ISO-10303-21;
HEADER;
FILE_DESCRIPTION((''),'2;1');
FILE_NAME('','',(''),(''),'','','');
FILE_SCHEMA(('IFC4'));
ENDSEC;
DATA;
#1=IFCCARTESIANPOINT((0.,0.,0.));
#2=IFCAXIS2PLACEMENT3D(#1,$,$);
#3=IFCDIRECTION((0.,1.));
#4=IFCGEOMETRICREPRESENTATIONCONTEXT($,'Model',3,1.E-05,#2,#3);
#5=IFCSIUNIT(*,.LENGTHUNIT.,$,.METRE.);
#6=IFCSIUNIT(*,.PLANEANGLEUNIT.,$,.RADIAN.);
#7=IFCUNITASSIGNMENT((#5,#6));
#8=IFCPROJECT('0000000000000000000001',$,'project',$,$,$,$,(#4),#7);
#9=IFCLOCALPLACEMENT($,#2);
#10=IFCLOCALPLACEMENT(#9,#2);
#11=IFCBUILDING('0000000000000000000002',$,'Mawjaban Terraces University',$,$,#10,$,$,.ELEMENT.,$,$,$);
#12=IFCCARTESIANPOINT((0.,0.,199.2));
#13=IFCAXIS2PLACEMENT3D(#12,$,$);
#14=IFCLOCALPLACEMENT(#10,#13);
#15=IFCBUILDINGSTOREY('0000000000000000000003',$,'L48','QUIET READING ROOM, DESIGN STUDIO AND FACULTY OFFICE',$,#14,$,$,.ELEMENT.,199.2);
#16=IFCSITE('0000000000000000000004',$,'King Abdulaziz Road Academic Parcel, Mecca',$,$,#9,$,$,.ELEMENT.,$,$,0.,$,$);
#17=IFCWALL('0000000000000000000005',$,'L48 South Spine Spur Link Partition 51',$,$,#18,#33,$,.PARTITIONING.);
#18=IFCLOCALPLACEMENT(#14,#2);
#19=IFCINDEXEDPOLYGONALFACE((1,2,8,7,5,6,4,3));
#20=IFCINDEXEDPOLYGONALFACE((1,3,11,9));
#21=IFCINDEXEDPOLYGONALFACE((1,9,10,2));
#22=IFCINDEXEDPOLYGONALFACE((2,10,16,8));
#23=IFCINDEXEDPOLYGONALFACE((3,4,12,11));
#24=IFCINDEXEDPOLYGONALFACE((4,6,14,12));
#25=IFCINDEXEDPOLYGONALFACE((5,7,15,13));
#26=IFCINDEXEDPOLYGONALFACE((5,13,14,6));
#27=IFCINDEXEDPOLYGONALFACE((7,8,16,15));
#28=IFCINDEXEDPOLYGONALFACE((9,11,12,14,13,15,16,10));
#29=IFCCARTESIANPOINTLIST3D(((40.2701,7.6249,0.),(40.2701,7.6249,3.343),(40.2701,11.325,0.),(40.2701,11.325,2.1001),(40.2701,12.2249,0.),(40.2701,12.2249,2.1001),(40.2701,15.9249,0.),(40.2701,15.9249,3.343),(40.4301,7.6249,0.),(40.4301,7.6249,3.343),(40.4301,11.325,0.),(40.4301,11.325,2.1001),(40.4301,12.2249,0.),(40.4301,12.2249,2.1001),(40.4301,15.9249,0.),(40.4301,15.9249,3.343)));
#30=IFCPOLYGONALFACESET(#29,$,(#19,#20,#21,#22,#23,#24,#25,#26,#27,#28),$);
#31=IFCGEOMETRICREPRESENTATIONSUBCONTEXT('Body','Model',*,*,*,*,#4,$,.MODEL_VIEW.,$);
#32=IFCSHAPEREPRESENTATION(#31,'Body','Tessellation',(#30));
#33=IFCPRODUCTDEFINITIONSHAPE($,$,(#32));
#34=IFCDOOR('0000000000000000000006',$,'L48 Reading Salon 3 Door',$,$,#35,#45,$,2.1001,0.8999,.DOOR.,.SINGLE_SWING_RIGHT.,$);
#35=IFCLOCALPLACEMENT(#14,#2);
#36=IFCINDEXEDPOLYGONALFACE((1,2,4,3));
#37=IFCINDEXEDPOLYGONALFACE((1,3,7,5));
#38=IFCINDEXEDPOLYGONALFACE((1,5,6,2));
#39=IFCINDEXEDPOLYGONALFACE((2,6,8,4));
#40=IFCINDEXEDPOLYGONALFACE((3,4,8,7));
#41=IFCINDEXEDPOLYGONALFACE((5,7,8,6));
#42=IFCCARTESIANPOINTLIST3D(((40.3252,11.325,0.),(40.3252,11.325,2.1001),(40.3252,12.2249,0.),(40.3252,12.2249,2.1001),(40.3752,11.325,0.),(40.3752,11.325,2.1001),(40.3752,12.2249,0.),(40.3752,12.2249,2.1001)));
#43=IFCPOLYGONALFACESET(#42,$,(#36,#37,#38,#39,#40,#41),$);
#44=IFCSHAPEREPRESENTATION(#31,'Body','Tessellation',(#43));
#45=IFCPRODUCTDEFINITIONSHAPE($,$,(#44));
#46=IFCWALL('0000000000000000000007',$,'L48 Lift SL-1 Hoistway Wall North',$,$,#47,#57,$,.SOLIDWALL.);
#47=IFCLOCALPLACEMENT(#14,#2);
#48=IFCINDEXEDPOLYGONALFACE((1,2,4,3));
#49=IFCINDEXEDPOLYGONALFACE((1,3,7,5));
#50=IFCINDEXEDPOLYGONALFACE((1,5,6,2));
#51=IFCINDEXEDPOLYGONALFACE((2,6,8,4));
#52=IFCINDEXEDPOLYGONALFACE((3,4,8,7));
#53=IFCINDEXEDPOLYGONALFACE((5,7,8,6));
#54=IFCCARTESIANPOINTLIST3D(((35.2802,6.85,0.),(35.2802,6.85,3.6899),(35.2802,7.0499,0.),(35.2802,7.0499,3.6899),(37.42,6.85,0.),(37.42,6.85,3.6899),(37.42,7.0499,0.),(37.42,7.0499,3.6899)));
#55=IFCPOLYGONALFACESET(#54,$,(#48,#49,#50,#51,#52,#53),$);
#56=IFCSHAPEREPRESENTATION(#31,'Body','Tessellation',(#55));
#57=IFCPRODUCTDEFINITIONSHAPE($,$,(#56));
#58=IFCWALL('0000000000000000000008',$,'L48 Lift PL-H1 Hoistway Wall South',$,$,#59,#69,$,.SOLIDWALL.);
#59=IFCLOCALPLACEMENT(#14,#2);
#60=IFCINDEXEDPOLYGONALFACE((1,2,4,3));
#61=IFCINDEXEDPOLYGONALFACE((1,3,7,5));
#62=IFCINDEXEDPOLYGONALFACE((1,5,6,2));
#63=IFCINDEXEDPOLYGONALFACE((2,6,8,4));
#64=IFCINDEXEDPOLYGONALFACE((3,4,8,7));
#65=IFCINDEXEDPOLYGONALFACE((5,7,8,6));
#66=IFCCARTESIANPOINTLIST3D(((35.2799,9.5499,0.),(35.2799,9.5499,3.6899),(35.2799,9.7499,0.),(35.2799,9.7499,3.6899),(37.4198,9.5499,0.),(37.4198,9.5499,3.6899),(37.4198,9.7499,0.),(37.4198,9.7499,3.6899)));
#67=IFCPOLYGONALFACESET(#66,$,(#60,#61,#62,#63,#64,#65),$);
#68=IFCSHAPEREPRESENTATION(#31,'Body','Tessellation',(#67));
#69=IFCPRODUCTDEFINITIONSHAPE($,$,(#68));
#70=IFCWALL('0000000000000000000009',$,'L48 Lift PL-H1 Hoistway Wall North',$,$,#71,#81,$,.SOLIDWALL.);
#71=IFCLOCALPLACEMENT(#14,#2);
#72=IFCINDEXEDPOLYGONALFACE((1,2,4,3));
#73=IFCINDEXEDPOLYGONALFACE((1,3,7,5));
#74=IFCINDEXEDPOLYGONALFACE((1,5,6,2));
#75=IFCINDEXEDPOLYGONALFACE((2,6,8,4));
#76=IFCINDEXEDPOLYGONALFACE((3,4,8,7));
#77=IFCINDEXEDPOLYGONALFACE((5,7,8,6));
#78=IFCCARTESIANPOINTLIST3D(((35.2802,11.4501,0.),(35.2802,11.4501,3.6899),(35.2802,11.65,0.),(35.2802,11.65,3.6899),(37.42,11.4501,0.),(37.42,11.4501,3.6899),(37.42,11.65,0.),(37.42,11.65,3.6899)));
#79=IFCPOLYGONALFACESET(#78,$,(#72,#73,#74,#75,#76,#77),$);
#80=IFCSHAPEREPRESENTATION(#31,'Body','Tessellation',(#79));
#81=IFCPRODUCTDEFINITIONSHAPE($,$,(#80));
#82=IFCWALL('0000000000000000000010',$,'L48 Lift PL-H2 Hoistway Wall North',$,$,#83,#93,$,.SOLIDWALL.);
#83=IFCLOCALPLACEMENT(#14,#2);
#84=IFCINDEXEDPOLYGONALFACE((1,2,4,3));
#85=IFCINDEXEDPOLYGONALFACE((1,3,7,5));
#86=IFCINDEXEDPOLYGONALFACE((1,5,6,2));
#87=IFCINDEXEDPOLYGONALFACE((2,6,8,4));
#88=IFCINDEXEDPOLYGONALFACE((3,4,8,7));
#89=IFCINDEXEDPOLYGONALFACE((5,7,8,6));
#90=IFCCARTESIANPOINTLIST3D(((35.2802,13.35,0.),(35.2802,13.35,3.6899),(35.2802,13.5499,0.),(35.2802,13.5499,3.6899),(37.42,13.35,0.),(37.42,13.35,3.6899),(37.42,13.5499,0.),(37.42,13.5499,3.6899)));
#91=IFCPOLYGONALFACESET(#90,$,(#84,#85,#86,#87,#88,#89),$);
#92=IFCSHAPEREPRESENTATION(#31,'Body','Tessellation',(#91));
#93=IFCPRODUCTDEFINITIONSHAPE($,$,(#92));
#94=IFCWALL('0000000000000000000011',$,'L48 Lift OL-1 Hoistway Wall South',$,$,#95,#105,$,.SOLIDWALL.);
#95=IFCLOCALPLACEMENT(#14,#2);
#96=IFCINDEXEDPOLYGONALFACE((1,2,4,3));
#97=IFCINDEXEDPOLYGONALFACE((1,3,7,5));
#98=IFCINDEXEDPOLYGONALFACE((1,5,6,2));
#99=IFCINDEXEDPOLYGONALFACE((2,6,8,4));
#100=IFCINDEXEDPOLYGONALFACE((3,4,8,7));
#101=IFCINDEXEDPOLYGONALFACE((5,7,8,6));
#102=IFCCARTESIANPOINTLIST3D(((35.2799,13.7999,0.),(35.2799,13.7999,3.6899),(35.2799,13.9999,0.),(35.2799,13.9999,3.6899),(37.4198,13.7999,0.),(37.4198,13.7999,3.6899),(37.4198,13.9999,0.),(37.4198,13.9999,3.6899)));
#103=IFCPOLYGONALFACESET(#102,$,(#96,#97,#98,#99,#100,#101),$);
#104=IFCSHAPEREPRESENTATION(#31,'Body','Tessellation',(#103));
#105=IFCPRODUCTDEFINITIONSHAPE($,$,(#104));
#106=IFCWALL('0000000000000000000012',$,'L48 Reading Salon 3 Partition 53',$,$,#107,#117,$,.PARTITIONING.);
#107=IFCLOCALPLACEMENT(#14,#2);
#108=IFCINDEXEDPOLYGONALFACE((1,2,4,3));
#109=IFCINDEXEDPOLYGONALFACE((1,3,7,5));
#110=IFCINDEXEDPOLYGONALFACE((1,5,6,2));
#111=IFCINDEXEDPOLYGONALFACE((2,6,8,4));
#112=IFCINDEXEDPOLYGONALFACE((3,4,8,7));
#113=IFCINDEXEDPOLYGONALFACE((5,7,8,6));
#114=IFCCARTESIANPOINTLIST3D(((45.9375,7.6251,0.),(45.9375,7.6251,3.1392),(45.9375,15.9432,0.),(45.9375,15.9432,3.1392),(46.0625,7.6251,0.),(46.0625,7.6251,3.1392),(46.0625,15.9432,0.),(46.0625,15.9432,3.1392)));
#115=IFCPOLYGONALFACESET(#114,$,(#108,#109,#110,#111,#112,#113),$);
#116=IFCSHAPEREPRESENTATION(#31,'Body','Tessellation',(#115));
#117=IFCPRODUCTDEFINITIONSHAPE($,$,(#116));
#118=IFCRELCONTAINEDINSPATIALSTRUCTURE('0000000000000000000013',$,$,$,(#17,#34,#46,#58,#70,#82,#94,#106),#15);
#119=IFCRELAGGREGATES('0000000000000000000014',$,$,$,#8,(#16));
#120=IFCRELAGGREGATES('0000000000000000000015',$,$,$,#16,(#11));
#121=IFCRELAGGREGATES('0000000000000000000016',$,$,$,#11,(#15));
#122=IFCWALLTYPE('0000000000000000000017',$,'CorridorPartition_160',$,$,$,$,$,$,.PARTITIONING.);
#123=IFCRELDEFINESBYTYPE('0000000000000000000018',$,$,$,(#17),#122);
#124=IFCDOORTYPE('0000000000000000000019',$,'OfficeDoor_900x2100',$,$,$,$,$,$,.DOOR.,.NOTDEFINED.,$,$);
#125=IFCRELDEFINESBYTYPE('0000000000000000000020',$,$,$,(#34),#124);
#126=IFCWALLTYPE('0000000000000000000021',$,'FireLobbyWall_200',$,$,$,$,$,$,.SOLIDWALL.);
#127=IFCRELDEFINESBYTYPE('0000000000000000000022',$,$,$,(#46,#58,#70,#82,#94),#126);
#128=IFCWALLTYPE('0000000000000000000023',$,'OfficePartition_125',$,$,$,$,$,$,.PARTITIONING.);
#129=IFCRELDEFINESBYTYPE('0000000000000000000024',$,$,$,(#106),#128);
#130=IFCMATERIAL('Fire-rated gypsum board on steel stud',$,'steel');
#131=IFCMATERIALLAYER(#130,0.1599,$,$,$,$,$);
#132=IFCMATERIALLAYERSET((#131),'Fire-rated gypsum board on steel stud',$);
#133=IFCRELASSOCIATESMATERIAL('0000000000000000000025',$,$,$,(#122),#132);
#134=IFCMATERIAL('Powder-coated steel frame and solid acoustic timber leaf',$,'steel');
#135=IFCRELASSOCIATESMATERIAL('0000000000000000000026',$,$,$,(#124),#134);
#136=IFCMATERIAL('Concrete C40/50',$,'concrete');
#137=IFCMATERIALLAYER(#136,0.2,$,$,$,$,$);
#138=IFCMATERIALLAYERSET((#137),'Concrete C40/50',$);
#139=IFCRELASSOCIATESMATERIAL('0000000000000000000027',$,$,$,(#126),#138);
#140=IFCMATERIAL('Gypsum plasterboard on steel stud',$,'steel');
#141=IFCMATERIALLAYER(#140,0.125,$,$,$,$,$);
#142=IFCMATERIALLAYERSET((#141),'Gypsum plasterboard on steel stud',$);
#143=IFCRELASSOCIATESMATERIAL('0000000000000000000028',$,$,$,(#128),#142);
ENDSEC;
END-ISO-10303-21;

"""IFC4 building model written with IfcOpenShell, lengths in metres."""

from ifc_helpers import new_model, si_unit, direction, frame, frame_2d, origin, place, context, subcontext, project, spatial, rectangle, extrude, material, layer, layer_set, type_object, element, fill, save


model = new_model("IFC4")

# Units and contexts
model_context = context("Model", 3, precision=1e-05, world=origin(), true_north=direction((0.0, 1.0)))
body_context = subcontext(model_context, "Body", "Model", "MODEL_VIEW")
ifc_project = project(units=[si_unit("LENGTHUNIT", "METRE"), si_unit("PLANEANGLEUNIT", "RADIAN")], contexts=[model_context])

# Site, building, storey
site_placement = place(None, origin())
site = spatial("IfcSite", under=ifc_project, at=site_placement, Name="King Abdulaziz Road Academic Parcel, Mecca", CompositionType="ELEMENT", RefElevation=0.0)
building_placement = place(site_placement, origin())
building = spatial("IfcBuilding", under=site, at=building_placement, Name="Mawjaban Terraces University", CompositionType="ELEMENT")
storey_placement = place(building_placement, frame((0.0, 0.0, 199.2)))
storey = spatial("IfcBuildingStorey", under=building, at=storey_placement, Name="L48", Description="QUIET READING ROOM, DESIGN STUDIO AND FACULTY OFFICE", CompositionType="ELEMENT", Elevation=199.2)

# Shared definitions
ifc_material_1 = material(Name="Powder-coated steel frame and solid acoustic timber leaf", Category="steel")

# Shared definitions
ifc_material_2 = material(Name="Fire-rated gypsum board on steel stud", Category="steel")
ifc_layer_1 = layer(ifc_material_2, 0.1599)
ifc_layer_set_1 = layer_set([ifc_layer_1], Name="Fire-rated gypsum board on steel stud")
wall_type_1 = type_object("IfcWallType", Name="CorridorPartition_160", PredefinedType="PARTITIONING", material=ifc_layer_set_1)

# Wall, opening, door
wall_1_placement = place(storey_placement, frame((40.3501, 7.625, 0.0), z_axis=(0.0, 0.0, 1.0), x_axis=(0.0, 1.0, 0.0)))
wall_1 = element("IfcWall", 1, at=wall_1_placement, inside=storey, type_object=wall_type_1, Name="L48 South Spine Spur Link Partition 51", PredefinedType="PARTITIONING", context=body_context, shape_type="SweptSolid", body=[
    extrude(rectangle(XDim=8.3, YDim=0.1599, at=frame_2d((4.1499, 0.0))), origin(), (0.0, 0.0, 1.0), 3.343),
])
opening_1_placement = place(wall_1_placement, frame((3.7, 0.0, 0.0)))
opening_1 = element("IfcOpeningElement", 2, at=opening_1_placement, cuts=wall_1, PredefinedType="OPENING", context=body_context, shape_type="SweptSolid", body=[
    extrude(rectangle(XDim=0.8999, YDim=2.1001, at=frame_2d((0.45, 1.05))), frame((0.0, 0.0898, 0.0), z_axis=(0.0, -1.0, 0.0), x_axis=(1.0, 0.0, 0.0)), (0.0, 0.0, 1.0), 0.1799),
])
door_type_1 = type_object("IfcDoorType", Name="OfficeDoor_900x2100", OperationType="NOTDEFINED", PredefinedType="DOOR", material=ifc_material_1)
door_1_placement = place(opening_1_placement, origin())
door_1 = element("IfcDoor", 3, at=door_1_placement, inside=storey, type_object=door_type_1, Name="L48 Reading Salon 3 Door", OperationType="SINGLE_SWING_RIGHT", OverallHeight=2.1001, OverallWidth=0.8999, PredefinedType="DOOR", context=body_context, shape_type="SweptSolid", body=[
    extrude(rectangle(XDim=0.8999, YDim=2.1001, at=frame_2d((0.45, 1.05))), frame((0.0, 0.0249, 0.0), z_axis=(0.0, -1.0, 0.0), x_axis=(1.0, 0.0, 0.0)), (0.0, 0.0, 1.0), 0.05),
])
fill(opening_1, door_1)

# Walls
ifc_material_3 = material(Name="Concrete C40/50", Category="concrete")
ifc_layer_2 = layer(ifc_material_3, 0.2)
ifc_layer_set_2 = layer_set([ifc_layer_2], Name="Concrete C40/50")
wall_type_2 = type_object("IfcWallType", Name="FireLobbyWall_200", PredefinedType="SOLIDWALL", material=ifc_layer_set_2)
for number, where, z_axis, x_axis, name in (
    (4, (37.4199, 6.95, 0.0), (0.0, 0.0, 1.0), (-1.0, 0.0, 0.0), "L48 Lift SL-1 Hoistway Wall North"),
    (5, (35.28, 9.6499, 0.0), (0.0, 0.0, 1.0), (1.0, 0.0, 0.0), "L48 Lift PL-H1 Hoistway Wall South"),
    (6, (37.4199, 11.55, 0.0), (0.0, 0.0, 1.0), (-1.0, 0.0, 0.0), "L48 Lift PL-H1 Hoistway Wall North"),
    (7, (37.4199, 13.45, 0.0), (0.0, 0.0, 1.0), (-1.0, 0.0, 0.0), "L48 Lift PL-H2 Hoistway Wall North"),
    (8, (35.28, 13.8999, 0.0), (0.0, 0.0, 1.0), (1.0, 0.0, 0.0), "L48 Lift OL-1 Hoistway Wall South"),
):
    element("IfcWall", number, at=place(storey_placement, frame(where, z_axis=z_axis, x_axis=x_axis)), inside=storey, type_object=wall_type_2, Name=name, PredefinedType="SOLIDWALL", context=body_context, shape_type="SweptSolid", body=[
        extrude(rectangle(XDim=2.1399, YDim=0.2, at=frame_2d((1.0698, 0.0))), origin(), (0.0, 0.0, 1.0), 3.6899),
    ])
ifc_material_4 = material(Name="Gypsum plasterboard on steel stud", Category="steel")
ifc_layer_3 = layer(ifc_material_4, 0.125)
ifc_layer_set_3 = layer_set([ifc_layer_3], Name="Gypsum plasterboard on steel stud")
wall_type_3 = type_object("IfcWallType", Name="OfficePartition_125", PredefinedType="PARTITIONING", material=ifc_layer_set_3)
wall_2_placement = place(storey_placement, frame((46.0, 7.625, 0.0), z_axis=(0.0, 0.0, 1.0), x_axis=(0.0, 1.0, 0.0)))
element("IfcWall", 9, at=wall_2_placement, inside=storey, type_object=wall_type_3, Name="L48 Reading Salon 3 Partition 53", PredefinedType="PARTITIONING", context=body_context, shape_type="SweptSolid", body=[
    extrude(rectangle(XDim=8.3181, YDim=0.125, at=frame_2d((4.1592, 0.0))), origin(), (0.0, 0.0, 1.0), 3.1392),
])

save(model, "model.ifc")
